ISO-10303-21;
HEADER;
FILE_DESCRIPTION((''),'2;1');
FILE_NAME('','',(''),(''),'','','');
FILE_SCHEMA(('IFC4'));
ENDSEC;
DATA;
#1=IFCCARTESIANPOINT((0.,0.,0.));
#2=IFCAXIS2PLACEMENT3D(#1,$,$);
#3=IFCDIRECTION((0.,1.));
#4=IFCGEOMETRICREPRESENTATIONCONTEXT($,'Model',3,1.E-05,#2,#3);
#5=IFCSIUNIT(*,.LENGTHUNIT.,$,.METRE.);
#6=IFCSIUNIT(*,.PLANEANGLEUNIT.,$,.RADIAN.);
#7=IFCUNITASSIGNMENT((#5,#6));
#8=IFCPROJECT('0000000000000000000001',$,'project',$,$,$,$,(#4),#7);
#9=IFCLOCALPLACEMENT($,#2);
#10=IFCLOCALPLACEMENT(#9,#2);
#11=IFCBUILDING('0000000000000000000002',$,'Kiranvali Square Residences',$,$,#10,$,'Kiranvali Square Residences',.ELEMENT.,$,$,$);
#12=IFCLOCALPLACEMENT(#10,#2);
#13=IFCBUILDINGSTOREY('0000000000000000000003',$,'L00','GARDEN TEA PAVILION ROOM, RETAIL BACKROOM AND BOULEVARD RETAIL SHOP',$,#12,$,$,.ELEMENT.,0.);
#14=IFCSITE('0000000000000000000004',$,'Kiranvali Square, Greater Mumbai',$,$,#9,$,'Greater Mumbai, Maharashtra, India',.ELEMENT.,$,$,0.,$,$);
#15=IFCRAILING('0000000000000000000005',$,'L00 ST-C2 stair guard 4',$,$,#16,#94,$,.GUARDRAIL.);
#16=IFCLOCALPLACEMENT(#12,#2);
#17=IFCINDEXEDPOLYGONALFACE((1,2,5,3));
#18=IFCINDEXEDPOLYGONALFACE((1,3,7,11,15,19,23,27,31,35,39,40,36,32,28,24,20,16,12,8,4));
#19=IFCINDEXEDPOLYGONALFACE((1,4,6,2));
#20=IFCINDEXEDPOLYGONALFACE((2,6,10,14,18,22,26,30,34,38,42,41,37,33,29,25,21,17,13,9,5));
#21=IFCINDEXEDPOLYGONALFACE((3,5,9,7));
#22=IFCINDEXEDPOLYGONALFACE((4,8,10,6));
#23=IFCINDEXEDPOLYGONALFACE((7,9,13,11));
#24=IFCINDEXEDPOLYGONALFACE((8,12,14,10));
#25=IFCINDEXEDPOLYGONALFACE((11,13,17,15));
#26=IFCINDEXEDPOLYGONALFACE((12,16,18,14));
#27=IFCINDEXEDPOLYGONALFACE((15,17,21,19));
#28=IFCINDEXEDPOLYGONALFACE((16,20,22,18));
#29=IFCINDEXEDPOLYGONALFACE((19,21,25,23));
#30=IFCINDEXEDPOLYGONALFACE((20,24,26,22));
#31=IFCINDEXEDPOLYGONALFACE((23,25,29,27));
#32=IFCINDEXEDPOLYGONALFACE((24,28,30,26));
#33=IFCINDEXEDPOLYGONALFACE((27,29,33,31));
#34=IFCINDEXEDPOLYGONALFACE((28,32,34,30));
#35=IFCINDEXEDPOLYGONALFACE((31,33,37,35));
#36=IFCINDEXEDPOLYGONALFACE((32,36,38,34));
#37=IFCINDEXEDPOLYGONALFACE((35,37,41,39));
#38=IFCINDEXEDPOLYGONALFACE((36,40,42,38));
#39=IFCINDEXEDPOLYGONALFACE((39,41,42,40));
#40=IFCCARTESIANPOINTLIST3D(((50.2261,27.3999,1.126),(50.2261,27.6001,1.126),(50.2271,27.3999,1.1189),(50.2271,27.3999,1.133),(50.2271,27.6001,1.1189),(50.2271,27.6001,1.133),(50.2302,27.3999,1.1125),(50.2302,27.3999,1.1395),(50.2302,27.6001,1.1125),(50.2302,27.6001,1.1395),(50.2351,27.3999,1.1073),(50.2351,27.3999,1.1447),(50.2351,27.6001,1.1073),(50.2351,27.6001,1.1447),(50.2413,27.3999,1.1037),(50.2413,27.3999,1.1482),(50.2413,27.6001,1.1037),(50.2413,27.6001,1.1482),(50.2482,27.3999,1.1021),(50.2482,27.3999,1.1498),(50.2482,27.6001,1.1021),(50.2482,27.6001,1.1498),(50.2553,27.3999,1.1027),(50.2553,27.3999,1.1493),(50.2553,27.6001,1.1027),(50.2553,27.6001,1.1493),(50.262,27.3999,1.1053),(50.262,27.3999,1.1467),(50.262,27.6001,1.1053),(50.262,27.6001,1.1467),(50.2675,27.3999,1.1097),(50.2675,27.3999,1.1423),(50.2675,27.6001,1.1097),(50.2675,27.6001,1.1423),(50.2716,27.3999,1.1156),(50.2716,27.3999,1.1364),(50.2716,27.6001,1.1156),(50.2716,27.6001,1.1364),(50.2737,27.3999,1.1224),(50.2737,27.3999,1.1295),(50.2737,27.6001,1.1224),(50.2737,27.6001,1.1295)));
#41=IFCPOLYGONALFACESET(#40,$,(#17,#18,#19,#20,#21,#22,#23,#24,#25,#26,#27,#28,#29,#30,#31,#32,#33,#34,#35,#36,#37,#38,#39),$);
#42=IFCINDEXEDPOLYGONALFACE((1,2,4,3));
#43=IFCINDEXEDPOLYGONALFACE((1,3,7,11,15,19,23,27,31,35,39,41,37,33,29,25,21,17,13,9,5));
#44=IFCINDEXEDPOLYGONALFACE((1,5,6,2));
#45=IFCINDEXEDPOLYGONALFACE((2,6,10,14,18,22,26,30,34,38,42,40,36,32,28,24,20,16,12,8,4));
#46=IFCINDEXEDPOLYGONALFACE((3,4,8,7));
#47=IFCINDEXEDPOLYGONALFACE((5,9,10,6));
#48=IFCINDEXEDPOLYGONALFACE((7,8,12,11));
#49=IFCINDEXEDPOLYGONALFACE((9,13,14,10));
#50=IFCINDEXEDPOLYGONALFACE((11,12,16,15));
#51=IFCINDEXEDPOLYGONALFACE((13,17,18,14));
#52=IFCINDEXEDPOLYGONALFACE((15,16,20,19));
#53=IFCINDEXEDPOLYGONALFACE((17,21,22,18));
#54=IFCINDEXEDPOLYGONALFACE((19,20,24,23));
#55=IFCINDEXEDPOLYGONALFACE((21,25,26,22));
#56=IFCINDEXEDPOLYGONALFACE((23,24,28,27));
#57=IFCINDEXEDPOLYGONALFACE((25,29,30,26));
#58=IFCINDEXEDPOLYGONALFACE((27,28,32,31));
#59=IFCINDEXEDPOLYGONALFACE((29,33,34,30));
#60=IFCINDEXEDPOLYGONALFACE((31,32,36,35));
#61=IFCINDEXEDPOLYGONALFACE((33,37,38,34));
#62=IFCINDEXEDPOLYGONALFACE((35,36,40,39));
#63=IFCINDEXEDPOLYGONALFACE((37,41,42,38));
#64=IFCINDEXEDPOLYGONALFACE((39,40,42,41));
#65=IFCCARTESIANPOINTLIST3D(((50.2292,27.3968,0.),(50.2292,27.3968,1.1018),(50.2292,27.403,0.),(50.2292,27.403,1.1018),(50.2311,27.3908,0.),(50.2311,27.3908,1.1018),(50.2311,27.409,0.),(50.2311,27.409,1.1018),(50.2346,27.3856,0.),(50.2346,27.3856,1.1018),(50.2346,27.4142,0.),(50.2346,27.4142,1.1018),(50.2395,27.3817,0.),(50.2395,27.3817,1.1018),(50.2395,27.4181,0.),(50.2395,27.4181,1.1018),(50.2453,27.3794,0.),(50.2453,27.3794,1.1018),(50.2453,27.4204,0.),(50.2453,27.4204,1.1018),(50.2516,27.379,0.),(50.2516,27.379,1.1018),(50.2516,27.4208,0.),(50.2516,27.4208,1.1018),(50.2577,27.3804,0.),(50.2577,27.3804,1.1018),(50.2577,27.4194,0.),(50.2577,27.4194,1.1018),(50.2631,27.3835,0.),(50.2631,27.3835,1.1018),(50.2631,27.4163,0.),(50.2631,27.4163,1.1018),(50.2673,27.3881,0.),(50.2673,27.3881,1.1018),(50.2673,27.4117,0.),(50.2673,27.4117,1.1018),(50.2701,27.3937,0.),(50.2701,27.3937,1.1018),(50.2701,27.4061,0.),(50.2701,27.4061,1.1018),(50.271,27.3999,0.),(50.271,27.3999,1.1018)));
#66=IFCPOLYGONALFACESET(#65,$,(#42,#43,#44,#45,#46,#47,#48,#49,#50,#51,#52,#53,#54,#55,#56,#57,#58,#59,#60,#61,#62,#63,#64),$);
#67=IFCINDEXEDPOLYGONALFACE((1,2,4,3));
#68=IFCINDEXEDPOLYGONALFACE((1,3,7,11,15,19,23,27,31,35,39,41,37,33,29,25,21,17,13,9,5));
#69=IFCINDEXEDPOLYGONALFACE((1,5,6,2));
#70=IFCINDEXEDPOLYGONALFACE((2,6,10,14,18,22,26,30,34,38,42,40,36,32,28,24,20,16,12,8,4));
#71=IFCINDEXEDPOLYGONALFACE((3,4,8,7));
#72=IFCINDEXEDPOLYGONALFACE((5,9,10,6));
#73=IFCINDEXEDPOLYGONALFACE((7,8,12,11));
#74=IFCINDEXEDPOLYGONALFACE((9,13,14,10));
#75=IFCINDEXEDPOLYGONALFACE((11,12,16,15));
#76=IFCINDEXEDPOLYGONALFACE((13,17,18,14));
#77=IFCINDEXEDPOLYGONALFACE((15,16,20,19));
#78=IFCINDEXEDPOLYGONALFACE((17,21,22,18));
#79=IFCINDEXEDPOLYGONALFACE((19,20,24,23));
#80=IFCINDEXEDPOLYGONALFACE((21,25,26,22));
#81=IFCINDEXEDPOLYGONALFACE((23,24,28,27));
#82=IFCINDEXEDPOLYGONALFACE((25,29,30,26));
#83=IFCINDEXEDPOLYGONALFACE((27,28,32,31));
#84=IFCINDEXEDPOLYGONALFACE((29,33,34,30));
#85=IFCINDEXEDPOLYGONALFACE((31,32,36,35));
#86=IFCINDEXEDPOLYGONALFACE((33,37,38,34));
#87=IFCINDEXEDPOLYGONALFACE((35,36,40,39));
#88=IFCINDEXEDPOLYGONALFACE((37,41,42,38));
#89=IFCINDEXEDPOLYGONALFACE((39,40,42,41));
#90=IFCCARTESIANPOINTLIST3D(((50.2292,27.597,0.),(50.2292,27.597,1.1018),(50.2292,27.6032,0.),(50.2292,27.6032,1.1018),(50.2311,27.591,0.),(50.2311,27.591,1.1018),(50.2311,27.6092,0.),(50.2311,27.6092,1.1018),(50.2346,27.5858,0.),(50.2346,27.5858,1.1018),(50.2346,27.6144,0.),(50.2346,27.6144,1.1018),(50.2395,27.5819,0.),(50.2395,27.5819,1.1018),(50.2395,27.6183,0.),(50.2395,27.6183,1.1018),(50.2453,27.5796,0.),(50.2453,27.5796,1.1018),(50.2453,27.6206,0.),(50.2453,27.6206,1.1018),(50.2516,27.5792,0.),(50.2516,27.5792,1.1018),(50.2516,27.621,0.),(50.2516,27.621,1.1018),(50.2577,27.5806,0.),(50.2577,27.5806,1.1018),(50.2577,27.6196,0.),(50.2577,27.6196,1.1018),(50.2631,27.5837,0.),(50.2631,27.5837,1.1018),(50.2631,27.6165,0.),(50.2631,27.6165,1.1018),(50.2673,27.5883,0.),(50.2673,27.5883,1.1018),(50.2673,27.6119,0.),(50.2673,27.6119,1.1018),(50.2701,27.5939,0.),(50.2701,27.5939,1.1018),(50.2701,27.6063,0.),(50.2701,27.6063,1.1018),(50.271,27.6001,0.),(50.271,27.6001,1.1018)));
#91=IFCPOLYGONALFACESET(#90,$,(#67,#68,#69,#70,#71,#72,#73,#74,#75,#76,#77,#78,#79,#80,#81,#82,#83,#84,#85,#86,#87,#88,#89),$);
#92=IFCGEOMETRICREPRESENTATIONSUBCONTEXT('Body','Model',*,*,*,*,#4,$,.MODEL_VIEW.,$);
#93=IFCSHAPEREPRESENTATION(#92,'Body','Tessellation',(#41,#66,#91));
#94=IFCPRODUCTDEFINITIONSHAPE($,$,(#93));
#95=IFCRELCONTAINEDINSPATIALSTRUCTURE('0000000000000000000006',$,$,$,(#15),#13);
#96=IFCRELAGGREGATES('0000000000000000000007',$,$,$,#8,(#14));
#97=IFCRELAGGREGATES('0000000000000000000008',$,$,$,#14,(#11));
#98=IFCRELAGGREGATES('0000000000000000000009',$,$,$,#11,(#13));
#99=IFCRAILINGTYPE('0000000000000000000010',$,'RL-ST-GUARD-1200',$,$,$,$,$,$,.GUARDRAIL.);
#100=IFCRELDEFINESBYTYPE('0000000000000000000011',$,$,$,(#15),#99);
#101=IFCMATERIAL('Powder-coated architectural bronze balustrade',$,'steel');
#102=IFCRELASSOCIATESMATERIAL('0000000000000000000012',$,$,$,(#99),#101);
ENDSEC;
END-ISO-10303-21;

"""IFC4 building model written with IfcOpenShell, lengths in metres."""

from ifc_helpers import new_model, si_unit, direction, frame, origin, origin_2d, place, context, subcontext, project, spatial, circle, extrude, material, type_object, element, save


model = new_model("IFC4")

# Units and contexts
model_context = context("Model", 3, precision=1e-05, world=origin(), true_north=direction((0.0, 1.0)))
body_context = subcontext(model_context, "Body", "Model", "MODEL_VIEW")
ifc_project = project(units=[si_unit("LENGTHUNIT", "METRE"), si_unit("PLANEANGLEUNIT", "RADIAN")], contexts=[model_context])

# Site, building, storey
site_placement = place(None, origin())
site = spatial("IfcSite", under=ifc_project, at=site_placement, Name="Kiranvali Square, Greater Mumbai", LongName="Greater Mumbai, Maharashtra, India", CompositionType="ELEMENT", RefElevation=0.0)
building_placement = place(site_placement, origin())
building = spatial("IfcBuilding", under=site, at=building_placement, Name="Kiranvali Square Residences", LongName="Kiranvali Square Residences", CompositionType="ELEMENT")
storey_placement = place(building_placement, origin())
storey = spatial("IfcBuildingStorey", under=building, at=storey_placement, Name="L00", Description="GARDEN TEA PAVILION ROOM, RETAIL BACKROOM AND BOULEVARD RETAIL SHOP", CompositionType="ELEMENT", Elevation=0.0)

# Railing
ifc_material_1 = material(Name="Powder-coated architectural bronze balustrade", Category="steel")
railing_type_1 = type_object("IfcRailingType", Name="RL-ST-GUARD-1200", PredefinedType="GUARDRAIL", material=ifc_material_1)
railing_1_placement = place(storey_placement, frame((50.25, 27.3999, 0.0)))
element("IfcRailing", 1, at=railing_1_placement, inside=storey, type_object=railing_type_1, Name="L00 ST-C2 stair guard 4", PredefinedType="GUARDRAIL", context=body_context, shape_type="SweptSolid", body=[
    extrude(circle(Radius=0.0239, at=origin_2d()), frame((0.0, 0.0, 1.126), z_axis=(0.0, 1.0, 0.0), x_axis=(-1.0, 0.0, 0.0)), (0.0, 0.0, 1.0), 0.2002),
    extrude(circle(Radius=0.021, at=origin_2d()), origin(), (0.0, 0.0, 1.0), 1.1018),
    extrude(circle(Radius=0.021, at=origin_2d()), frame((0.0, 0.2002, 0.0)), (0.0, 0.0, 1.0), 1.1018),
])

save(model, "model.ifc")
